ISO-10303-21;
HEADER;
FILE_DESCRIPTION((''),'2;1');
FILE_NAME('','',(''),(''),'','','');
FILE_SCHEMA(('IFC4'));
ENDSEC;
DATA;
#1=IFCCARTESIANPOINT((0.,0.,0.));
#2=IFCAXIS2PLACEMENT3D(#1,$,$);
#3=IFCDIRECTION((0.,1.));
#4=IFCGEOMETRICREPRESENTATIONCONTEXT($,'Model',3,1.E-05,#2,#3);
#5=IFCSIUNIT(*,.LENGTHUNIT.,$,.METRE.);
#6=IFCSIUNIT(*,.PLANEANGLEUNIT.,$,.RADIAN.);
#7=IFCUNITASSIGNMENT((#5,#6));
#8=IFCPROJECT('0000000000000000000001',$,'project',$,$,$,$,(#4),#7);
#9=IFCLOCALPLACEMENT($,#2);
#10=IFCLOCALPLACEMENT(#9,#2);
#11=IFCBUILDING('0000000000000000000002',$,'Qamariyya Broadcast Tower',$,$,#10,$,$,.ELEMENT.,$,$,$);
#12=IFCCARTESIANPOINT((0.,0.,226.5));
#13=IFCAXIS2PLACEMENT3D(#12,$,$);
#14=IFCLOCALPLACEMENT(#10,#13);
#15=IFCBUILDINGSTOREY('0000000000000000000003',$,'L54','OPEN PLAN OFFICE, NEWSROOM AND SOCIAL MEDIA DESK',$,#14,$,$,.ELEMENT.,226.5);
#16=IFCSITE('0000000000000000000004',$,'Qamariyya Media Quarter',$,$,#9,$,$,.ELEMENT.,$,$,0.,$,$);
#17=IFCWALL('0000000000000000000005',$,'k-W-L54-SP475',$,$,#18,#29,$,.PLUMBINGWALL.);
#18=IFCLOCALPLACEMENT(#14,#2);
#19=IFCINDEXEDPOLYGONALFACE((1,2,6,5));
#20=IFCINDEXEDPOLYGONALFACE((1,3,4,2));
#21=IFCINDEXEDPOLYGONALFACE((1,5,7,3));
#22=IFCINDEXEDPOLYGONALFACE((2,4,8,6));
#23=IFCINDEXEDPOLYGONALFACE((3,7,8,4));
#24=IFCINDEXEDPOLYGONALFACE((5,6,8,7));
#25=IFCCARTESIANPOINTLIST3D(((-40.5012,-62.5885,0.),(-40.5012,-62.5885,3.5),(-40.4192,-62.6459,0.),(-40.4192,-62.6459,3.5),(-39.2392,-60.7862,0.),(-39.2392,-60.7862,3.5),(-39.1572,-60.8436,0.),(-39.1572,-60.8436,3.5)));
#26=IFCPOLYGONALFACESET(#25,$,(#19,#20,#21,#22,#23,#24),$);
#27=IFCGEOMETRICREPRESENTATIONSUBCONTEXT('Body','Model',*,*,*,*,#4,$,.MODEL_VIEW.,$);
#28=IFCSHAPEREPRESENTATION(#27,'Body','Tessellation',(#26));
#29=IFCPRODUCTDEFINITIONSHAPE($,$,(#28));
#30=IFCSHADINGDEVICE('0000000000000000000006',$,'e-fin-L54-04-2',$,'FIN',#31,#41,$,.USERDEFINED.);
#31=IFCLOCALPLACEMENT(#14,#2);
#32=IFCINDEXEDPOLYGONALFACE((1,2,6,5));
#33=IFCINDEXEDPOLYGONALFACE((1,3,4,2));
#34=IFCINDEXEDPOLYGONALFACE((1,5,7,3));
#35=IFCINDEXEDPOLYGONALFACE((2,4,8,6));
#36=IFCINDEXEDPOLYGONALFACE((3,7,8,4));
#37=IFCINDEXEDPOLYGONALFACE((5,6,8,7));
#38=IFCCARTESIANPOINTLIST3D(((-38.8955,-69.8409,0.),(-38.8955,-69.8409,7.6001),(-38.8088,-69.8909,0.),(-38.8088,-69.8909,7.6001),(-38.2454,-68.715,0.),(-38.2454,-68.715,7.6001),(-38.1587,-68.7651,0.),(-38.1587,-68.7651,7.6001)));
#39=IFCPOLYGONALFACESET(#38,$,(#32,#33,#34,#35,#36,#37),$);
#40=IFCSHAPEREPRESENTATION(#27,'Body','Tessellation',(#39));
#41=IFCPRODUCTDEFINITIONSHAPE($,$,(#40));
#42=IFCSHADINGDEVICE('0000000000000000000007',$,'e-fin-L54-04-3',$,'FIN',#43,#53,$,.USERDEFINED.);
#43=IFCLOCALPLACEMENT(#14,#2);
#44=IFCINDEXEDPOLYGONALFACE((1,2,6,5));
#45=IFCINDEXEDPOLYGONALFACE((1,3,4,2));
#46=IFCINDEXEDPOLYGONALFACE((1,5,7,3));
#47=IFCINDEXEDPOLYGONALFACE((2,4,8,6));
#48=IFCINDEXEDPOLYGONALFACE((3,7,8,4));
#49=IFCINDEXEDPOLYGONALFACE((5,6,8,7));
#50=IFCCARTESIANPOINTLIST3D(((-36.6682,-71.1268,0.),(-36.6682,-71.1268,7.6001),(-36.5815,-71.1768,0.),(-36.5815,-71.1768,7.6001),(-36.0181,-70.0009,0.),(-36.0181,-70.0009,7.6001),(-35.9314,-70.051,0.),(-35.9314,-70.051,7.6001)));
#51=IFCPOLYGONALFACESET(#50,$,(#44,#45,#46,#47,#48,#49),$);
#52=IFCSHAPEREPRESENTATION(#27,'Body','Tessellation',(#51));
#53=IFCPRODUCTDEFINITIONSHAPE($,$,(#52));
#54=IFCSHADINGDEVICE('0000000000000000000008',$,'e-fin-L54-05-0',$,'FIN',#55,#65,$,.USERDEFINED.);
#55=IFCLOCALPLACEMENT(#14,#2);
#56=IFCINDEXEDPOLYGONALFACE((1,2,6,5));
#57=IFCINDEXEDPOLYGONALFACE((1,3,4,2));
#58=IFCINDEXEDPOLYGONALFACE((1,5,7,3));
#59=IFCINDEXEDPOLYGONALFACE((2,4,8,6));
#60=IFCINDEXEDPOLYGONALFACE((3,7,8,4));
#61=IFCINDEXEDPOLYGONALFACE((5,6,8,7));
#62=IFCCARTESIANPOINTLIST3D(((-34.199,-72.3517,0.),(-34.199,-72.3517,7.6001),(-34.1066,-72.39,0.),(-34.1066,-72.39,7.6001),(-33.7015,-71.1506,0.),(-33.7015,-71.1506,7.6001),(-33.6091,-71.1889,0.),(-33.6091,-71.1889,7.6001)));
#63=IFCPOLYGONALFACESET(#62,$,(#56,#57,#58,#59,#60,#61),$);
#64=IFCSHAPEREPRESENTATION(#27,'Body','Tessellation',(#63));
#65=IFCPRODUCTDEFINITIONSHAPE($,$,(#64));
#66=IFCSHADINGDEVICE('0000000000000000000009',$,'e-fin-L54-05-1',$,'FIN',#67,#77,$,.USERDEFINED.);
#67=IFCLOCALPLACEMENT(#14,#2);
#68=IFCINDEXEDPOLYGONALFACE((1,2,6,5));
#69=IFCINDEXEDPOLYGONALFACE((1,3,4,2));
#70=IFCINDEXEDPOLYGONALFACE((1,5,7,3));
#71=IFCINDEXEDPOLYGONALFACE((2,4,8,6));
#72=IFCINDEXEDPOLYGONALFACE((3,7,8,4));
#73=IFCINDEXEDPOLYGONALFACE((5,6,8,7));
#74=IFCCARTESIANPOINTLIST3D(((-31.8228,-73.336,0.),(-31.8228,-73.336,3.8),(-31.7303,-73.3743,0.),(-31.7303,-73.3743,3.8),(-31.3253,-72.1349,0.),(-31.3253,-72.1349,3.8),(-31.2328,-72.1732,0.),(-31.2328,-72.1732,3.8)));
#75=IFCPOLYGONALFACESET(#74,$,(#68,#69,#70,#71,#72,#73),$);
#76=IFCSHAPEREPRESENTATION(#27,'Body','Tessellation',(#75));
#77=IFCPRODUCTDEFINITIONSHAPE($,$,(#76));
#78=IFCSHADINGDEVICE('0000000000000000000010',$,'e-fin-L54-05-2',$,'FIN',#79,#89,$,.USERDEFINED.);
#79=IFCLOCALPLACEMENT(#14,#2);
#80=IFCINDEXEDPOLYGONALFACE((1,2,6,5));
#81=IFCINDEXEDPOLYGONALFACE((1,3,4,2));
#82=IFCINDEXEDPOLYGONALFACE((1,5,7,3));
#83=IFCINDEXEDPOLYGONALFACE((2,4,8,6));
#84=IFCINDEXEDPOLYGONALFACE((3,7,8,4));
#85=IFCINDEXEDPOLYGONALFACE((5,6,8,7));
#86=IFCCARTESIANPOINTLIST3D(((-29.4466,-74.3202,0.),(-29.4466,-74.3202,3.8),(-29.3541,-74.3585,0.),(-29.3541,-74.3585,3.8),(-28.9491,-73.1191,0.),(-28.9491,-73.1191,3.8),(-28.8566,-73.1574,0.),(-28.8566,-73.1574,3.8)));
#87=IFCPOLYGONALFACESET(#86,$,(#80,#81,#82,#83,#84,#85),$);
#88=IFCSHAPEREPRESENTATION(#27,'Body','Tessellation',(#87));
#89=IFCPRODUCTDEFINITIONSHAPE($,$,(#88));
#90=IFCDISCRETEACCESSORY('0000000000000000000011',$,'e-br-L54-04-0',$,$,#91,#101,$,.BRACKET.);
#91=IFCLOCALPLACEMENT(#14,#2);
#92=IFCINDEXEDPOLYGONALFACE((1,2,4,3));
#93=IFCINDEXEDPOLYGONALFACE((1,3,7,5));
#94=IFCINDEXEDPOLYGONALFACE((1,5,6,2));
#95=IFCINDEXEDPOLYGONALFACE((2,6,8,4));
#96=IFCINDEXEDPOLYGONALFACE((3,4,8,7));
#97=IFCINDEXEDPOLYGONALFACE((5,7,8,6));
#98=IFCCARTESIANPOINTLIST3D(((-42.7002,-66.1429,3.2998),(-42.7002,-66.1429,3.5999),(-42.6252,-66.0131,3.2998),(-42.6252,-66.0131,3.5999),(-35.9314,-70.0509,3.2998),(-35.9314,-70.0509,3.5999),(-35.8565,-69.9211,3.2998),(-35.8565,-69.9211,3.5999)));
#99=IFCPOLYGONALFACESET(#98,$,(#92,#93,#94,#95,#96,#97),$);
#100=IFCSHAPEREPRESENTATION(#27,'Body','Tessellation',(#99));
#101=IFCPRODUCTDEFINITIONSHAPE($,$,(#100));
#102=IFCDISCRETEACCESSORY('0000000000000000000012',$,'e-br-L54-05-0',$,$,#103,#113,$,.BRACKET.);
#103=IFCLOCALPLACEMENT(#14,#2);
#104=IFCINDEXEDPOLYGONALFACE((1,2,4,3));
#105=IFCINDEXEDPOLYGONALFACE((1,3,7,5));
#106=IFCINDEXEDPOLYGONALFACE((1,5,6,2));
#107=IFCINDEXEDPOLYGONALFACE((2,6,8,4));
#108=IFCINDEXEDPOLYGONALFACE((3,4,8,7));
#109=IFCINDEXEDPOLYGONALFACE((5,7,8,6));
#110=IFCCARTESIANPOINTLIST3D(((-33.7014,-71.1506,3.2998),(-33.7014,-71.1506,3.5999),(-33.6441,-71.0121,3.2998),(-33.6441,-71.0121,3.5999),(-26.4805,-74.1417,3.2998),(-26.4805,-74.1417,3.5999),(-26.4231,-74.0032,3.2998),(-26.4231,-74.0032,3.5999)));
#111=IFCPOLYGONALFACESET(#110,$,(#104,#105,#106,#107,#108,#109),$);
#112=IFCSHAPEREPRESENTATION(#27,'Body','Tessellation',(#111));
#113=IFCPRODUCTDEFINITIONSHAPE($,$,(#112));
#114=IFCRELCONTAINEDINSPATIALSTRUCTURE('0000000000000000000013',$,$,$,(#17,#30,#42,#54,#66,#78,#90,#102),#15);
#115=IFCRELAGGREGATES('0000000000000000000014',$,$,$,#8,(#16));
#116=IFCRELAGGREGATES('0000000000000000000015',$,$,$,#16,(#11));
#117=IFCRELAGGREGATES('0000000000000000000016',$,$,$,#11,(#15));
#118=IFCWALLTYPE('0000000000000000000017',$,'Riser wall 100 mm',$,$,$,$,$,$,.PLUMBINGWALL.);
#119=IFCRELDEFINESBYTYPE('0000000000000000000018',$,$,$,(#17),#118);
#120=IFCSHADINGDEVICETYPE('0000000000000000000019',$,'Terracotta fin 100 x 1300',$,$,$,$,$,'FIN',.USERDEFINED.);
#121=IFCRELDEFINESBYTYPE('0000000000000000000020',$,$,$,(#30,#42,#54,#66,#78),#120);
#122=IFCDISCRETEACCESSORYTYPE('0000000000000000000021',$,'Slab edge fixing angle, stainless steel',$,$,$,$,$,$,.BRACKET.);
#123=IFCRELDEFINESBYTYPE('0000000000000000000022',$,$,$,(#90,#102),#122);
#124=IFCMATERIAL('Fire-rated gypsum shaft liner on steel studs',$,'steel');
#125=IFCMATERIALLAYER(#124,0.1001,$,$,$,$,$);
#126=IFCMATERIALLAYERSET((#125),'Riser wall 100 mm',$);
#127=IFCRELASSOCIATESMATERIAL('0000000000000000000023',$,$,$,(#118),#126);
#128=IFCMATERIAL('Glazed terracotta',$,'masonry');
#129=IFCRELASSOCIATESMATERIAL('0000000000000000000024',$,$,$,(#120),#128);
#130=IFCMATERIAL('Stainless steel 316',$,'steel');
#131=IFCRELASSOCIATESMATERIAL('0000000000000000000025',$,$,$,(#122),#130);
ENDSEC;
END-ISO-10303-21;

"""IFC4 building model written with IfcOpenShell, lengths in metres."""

from ifc_helpers import new_model, si_unit, direction, frame, frame_2d, origin, origin_2d, place, context, subcontext, project, spatial, rectangle, extrude, material, layer, layer_set, material_profile, profile_set, type_object, element, save


model = new_model("IFC4")

# Units and contexts
model_context = context("Model", 3, precision=1e-05, world=origin(), true_north=direction((0.0, 1.0)))
body_context = subcontext(model_context, "Body", "Model", "MODEL_VIEW")
ifc_project = project(units=[si_unit("LENGTHUNIT", "METRE"), si_unit("PLANEANGLEUNIT", "RADIAN")], contexts=[model_context])

# Site, building, storey
site_placement = place(None, origin())
site = spatial("IfcSite", under=ifc_project, at=site_placement, Name="Qamariyya Media Quarter", CompositionType="ELEMENT", RefElevation=0.0)
building_placement = place(site_placement, origin())
building = spatial("IfcBuilding", under=site, at=building_placement, Name="Qamariyya Broadcast Tower", CompositionType="ELEMENT")
storey_placement = place(building_placement, frame((0.0, 0.0, 226.5)))
storey = spatial("IfcBuildingStorey", under=building, at=storey_placement, Name="L54", Description="OPEN PLAN OFFICE, NEWSROOM AND SOCIAL MEDIA DESK", CompositionType="ELEMENT", Elevation=226.5)

# Wall
ifc_material_1 = material(Name="Fire-rated gypsum shaft liner on steel studs", Category="steel")
ifc_layer_1 = layer(ifc_material_1, 0.1001)
ifc_layer_set_1 = layer_set([ifc_layer_1], Name="Riser wall 100 mm")
wall_type_1 = type_object("IfcWallType", Name="Riser wall 100 mm", PredefinedType="PLUMBINGWALL", material=ifc_layer_set_1)
wall_1_placement = place(storey_placement, frame((-39.1982, -60.8149, 0.0), z_axis=(0.0, 0.0, 1.0), x_axis=(-0.573581, -0.819149, 0.0)))
element("IfcWall", 1, at=wall_1_placement, inside=storey, type_object=wall_type_1, Name="k-W-L54-SP475", PredefinedType="PLUMBINGWALL", context=body_context, shape_type="SweptSolid", body=[
    extrude(rectangle(XDim=2.2002, YDim=0.1001, at=frame_2d((1.1001, 0.0))), origin(), (0.0, 0.0, 1.0), 3.5),
])

# Shading devices
ifc_material_2 = material(Name="Glazed terracotta", Category="masonry")
ifc_material_profile_1 = material_profile(ifc_material_2, rectangle(XDim=1.3, YDim=0.1001, at=origin_2d()))
ifc_profile_set_1 = profile_set([ifc_material_profile_1], Name="Glazed terracotta")
shading_device_type = type_object("IfcShadingDeviceType", Name="Terracotta fin 100 x 1300", ElementType="FIN", PredefinedType="USERDEFINED", material=ifc_profile_set_1)
for number, where, z_axis, x_axis, name in (
    (2, (-38.5271, -69.303, 0.0), (0.0, 0.0, 1.0), (-0.5, -0.866025, 0.0), "e-fin-L54-04-2"),
    (3, (-36.2998, -70.5889, 0.0), (0.0, 0.0, 1.0), (-0.5, -0.866025, 0.0), "e-fin-L54-04-3"),
    (4, (-33.9041, -71.7703, 0.0), (0.0, 0.0, 1.0), (-0.382683, -0.92388, 0.0), "e-fin-L54-05-0"),
):
    element("IfcShadingDevice", number, at=place(storey_placement, frame(where, z_axis=z_axis, x_axis=x_axis)), inside=storey, type_object=shading_device_type, Name=name, ObjectType="FIN", PredefinedType="USERDEFINED", context=body_context, shape_type="SweptSolid", body=[
        extrude(rectangle(XDim=1.3, YDim=0.1001, at=origin_2d()), origin(), (0.0, 0.0, 1.0), 7.6001),
    ])
for number, where, z_axis, x_axis, name in (
    (5, (-31.5278, -72.7546, 0.0), (0.0, 0.0, 1.0), (-0.382683, -0.92388, 0.0), "e-fin-L54-05-1"),
    (6, (-29.1516, -73.7388, 0.0), (0.0, 0.0, 1.0), (-0.382683, -0.92388, 0.0), "e-fin-L54-05-2"),
):
    element("IfcShadingDevice", number, at=place(storey_placement, frame(where, z_axis=z_axis, x_axis=x_axis)), inside=storey, type_object=shading_device_type, Name=name, ObjectType="FIN", PredefinedType="USERDEFINED", context=body_context, shape_type="SweptSolid", body=[
        extrude(rectangle(XDim=1.3, YDim=0.1001, at=origin_2d()), origin(), (0.0, 0.0, 1.0), 3.8),
    ])

# Discrete accessories
ifc_material_3 = material(Name="Stainless steel 316", Category="steel")
discrete_accessory_type = type_object("IfcDiscreteAccessoryType", Name="Slab edge fixing angle, stainless steel", PredefinedType="BRACKET", material=ifc_material_3)
for number, where, z_axis, x_axis, name in (
    (7, (-39.2783, -68.032, 3.2998), (0.0, 0.0, 1.0), (0.866025, -0.5, 0.0), "e-br-L54-04-0"),
    (8, (-30.0623, -72.5769, 3.2998), (0.0, 0.0, 1.0), (0.92388, -0.382683, 0.0), "e-br-L54-05-0"),
):
    element("IfcDiscreteAccessory", number, at=place(storey_placement, frame(where, z_axis=z_axis, x_axis=x_axis)), inside=storey, type_object=discrete_accessory_type, Name=name, PredefinedType="BRACKET", context=body_context, shape_type="SweptSolid", body=[
        extrude(rectangle(XDim=7.8159, YDim=0.1499, at=origin_2d()), origin(), (0.0, 0.0, 1.0), 0.3),
    ])

save(model, "model.ifc")
